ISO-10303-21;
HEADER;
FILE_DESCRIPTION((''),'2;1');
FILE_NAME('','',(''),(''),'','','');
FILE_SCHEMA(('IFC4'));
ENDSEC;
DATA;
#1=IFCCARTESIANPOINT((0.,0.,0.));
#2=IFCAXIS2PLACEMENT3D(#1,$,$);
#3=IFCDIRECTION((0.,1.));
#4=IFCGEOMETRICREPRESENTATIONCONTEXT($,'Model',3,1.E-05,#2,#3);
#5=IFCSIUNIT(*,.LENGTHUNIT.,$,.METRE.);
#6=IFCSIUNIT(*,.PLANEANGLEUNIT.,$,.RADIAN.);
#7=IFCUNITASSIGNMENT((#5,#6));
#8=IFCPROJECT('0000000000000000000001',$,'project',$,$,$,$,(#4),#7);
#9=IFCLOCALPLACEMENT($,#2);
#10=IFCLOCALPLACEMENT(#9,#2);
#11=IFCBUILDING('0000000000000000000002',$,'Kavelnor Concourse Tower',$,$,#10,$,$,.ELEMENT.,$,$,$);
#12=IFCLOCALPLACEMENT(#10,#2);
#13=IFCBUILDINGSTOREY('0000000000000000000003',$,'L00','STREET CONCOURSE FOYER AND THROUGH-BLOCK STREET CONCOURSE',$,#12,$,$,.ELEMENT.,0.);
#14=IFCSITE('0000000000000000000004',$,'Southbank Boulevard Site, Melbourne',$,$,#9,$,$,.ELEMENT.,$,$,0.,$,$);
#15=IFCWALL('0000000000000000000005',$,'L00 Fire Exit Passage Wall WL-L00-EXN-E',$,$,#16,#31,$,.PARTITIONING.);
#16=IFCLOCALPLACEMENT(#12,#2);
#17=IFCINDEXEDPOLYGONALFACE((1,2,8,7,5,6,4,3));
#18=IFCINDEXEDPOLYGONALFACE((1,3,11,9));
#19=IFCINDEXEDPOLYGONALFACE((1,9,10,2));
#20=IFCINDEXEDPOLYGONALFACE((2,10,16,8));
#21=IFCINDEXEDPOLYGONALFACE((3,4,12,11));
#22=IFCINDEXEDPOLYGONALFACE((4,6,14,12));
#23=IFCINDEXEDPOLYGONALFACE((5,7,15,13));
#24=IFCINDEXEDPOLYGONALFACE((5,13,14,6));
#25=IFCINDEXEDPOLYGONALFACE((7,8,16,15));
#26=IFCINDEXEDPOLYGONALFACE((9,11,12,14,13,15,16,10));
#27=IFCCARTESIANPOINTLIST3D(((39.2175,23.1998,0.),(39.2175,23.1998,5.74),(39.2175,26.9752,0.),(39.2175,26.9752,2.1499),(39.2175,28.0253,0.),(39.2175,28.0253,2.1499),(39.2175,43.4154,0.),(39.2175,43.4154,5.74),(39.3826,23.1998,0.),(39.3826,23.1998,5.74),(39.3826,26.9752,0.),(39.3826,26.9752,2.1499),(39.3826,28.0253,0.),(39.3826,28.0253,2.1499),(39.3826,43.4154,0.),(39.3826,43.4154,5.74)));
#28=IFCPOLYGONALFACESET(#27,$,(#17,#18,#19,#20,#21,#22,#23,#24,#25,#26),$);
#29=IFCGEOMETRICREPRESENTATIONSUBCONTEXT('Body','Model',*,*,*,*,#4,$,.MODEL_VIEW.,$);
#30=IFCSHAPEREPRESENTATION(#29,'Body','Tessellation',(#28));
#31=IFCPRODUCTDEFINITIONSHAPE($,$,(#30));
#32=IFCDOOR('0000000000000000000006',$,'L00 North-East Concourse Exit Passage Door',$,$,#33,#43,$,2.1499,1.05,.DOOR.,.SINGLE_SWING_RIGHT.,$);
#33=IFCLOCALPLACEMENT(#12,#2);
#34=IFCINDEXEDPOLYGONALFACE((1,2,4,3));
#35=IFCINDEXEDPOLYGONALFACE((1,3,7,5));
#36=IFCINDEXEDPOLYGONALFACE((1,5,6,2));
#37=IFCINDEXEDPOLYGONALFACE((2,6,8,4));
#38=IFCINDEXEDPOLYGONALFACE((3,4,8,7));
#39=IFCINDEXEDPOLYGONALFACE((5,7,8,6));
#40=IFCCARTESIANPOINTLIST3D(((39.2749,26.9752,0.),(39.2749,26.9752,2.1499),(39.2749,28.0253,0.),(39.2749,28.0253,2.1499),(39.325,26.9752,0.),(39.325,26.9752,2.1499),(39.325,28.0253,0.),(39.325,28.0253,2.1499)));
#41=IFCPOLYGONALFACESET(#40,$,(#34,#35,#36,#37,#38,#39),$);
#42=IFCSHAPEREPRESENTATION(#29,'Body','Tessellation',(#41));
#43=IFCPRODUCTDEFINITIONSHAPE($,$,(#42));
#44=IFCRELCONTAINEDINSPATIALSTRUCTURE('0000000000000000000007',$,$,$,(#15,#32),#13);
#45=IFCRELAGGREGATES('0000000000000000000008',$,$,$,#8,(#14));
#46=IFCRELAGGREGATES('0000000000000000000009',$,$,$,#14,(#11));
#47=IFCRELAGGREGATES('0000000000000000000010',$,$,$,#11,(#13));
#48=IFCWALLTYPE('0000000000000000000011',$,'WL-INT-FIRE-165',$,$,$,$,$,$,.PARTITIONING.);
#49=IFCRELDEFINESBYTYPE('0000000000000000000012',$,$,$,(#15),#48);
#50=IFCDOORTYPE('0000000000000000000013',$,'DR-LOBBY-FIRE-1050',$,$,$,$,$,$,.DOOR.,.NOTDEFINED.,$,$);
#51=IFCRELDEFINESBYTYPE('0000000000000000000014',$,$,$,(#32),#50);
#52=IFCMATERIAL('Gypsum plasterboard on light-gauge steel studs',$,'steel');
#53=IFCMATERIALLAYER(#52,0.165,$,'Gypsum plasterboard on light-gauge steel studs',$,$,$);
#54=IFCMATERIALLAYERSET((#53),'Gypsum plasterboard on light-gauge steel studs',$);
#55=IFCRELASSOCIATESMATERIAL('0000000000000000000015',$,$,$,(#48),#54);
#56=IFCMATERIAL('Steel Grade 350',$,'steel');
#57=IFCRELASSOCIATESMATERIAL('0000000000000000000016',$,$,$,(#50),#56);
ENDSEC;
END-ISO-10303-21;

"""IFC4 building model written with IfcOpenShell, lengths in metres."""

from ifc_helpers import new_model, si_unit, direction, frame, frame_2d, origin, place, context, subcontext, project, spatial, rectangle, extrude, material, layer, layer_set, type_object, element, fill, save


model = new_model("IFC4")

# Units and contexts
model_context = context("Model", 3, precision=1e-05, world=origin(), true_north=direction((0.0, 1.0)))
body_context = subcontext(model_context, "Body", "Model", "MODEL_VIEW")
ifc_project = project(units=[si_unit("LENGTHUNIT", "METRE"), si_unit("PLANEANGLEUNIT", "RADIAN")], contexts=[model_context])

# Site, building, storey
site_placement = place(None, origin())
site = spatial("IfcSite", under=ifc_project, at=site_placement, Name="Southbank Boulevard Site, Melbourne", CompositionType="ELEMENT", RefElevation=0.0)
building_placement = place(site_placement, origin())
building = spatial("IfcBuilding", under=site, at=building_placement, Name="Kavelnor Concourse Tower", CompositionType="ELEMENT")
storey_placement = place(building_placement, origin())
storey = spatial("IfcBuildingStorey", under=building, at=storey_placement, Name="L00", Description="STREET CONCOURSE FOYER AND THROUGH-BLOCK STREET CONCOURSE", CompositionType="ELEMENT", Elevation=0.0)

# Shared definitions
ifc_material_1 = material(Name="Steel Grade 350", Category="steel")

# Wall, opening, door
ifc_material_2 = material(Name="Gypsum plasterboard on light-gauge steel studs", Category="steel")
ifc_layer_1 = layer(ifc_material_2, 0.165, Name="Gypsum plasterboard on light-gauge steel studs")
ifc_layer_set_1 = layer_set([ifc_layer_1], Name="Gypsum plasterboard on light-gauge steel studs")
wall_type_1 = type_object("IfcWallType", Name="WL-INT-FIRE-165", PredefinedType="PARTITIONING", material=ifc_layer_set_1)
wall_1_placement = place(storey_placement, frame((39.3, 43.4155, 0.0), z_axis=(0.0, 0.0, 1.0), x_axis=(0.0, -1.0, 0.0)))
wall_1 = element("IfcWall", 1, at=wall_1_placement, inside=storey, type_object=wall_type_1, Name="L00 Fire Exit Passage Wall WL-L00-EXN-E", PredefinedType="PARTITIONING", context=body_context, shape_type="SweptSolid", body=[
    extrude(rectangle(XDim=20.2156, YDim=0.165, at=frame_2d((10.1079, 0.0))), origin(), (0.0, 0.0, 1.0), 5.74),
])
opening_1_placement = place(wall_1_placement, frame((15.3904, 0.0, 0.0)))
opening_1 = element("IfcOpeningElement", 2, at=opening_1_placement, cuts=wall_1, PredefinedType="OPENING", context=body_context, shape_type="SweptSolid", body=[
    extrude(rectangle(XDim=1.05, YDim=2.1499, at=frame_2d((0.5249, 1.075))), frame((0.0, 0.0925, 0.0), z_axis=(0.0, -1.0, 0.0), x_axis=(1.0, 0.0, 0.0)), (0.0, 0.0, 1.0), 0.1851),
])
door_type_1 = type_object("IfcDoorType", Name="DR-LOBBY-FIRE-1050", OperationType="NOTDEFINED", PredefinedType="DOOR", material=ifc_material_1)
door_1_placement = place(opening_1_placement, origin())
door_1 = element("IfcDoor", 3, at=door_1_placement, inside=storey, type_object=door_type_1, Name="L00 North-East Concourse Exit Passage Door", OperationType="SINGLE_SWING_RIGHT", OverallHeight=2.1499, OverallWidth=1.05, PredefinedType="DOOR", context=body_context, shape_type="SweptSolid", body=[
    extrude(rectangle(XDim=1.05, YDim=2.1499, at=frame_2d((0.5249, 1.075))), frame((0.0, 0.0249, 0.0), z_axis=(0.0, -1.0, 0.0), x_axis=(1.0, 0.0, 0.0)), (0.0, 0.0, 1.0), 0.05),
])
fill(opening_1, door_1)

save(model, "model.ifc")
